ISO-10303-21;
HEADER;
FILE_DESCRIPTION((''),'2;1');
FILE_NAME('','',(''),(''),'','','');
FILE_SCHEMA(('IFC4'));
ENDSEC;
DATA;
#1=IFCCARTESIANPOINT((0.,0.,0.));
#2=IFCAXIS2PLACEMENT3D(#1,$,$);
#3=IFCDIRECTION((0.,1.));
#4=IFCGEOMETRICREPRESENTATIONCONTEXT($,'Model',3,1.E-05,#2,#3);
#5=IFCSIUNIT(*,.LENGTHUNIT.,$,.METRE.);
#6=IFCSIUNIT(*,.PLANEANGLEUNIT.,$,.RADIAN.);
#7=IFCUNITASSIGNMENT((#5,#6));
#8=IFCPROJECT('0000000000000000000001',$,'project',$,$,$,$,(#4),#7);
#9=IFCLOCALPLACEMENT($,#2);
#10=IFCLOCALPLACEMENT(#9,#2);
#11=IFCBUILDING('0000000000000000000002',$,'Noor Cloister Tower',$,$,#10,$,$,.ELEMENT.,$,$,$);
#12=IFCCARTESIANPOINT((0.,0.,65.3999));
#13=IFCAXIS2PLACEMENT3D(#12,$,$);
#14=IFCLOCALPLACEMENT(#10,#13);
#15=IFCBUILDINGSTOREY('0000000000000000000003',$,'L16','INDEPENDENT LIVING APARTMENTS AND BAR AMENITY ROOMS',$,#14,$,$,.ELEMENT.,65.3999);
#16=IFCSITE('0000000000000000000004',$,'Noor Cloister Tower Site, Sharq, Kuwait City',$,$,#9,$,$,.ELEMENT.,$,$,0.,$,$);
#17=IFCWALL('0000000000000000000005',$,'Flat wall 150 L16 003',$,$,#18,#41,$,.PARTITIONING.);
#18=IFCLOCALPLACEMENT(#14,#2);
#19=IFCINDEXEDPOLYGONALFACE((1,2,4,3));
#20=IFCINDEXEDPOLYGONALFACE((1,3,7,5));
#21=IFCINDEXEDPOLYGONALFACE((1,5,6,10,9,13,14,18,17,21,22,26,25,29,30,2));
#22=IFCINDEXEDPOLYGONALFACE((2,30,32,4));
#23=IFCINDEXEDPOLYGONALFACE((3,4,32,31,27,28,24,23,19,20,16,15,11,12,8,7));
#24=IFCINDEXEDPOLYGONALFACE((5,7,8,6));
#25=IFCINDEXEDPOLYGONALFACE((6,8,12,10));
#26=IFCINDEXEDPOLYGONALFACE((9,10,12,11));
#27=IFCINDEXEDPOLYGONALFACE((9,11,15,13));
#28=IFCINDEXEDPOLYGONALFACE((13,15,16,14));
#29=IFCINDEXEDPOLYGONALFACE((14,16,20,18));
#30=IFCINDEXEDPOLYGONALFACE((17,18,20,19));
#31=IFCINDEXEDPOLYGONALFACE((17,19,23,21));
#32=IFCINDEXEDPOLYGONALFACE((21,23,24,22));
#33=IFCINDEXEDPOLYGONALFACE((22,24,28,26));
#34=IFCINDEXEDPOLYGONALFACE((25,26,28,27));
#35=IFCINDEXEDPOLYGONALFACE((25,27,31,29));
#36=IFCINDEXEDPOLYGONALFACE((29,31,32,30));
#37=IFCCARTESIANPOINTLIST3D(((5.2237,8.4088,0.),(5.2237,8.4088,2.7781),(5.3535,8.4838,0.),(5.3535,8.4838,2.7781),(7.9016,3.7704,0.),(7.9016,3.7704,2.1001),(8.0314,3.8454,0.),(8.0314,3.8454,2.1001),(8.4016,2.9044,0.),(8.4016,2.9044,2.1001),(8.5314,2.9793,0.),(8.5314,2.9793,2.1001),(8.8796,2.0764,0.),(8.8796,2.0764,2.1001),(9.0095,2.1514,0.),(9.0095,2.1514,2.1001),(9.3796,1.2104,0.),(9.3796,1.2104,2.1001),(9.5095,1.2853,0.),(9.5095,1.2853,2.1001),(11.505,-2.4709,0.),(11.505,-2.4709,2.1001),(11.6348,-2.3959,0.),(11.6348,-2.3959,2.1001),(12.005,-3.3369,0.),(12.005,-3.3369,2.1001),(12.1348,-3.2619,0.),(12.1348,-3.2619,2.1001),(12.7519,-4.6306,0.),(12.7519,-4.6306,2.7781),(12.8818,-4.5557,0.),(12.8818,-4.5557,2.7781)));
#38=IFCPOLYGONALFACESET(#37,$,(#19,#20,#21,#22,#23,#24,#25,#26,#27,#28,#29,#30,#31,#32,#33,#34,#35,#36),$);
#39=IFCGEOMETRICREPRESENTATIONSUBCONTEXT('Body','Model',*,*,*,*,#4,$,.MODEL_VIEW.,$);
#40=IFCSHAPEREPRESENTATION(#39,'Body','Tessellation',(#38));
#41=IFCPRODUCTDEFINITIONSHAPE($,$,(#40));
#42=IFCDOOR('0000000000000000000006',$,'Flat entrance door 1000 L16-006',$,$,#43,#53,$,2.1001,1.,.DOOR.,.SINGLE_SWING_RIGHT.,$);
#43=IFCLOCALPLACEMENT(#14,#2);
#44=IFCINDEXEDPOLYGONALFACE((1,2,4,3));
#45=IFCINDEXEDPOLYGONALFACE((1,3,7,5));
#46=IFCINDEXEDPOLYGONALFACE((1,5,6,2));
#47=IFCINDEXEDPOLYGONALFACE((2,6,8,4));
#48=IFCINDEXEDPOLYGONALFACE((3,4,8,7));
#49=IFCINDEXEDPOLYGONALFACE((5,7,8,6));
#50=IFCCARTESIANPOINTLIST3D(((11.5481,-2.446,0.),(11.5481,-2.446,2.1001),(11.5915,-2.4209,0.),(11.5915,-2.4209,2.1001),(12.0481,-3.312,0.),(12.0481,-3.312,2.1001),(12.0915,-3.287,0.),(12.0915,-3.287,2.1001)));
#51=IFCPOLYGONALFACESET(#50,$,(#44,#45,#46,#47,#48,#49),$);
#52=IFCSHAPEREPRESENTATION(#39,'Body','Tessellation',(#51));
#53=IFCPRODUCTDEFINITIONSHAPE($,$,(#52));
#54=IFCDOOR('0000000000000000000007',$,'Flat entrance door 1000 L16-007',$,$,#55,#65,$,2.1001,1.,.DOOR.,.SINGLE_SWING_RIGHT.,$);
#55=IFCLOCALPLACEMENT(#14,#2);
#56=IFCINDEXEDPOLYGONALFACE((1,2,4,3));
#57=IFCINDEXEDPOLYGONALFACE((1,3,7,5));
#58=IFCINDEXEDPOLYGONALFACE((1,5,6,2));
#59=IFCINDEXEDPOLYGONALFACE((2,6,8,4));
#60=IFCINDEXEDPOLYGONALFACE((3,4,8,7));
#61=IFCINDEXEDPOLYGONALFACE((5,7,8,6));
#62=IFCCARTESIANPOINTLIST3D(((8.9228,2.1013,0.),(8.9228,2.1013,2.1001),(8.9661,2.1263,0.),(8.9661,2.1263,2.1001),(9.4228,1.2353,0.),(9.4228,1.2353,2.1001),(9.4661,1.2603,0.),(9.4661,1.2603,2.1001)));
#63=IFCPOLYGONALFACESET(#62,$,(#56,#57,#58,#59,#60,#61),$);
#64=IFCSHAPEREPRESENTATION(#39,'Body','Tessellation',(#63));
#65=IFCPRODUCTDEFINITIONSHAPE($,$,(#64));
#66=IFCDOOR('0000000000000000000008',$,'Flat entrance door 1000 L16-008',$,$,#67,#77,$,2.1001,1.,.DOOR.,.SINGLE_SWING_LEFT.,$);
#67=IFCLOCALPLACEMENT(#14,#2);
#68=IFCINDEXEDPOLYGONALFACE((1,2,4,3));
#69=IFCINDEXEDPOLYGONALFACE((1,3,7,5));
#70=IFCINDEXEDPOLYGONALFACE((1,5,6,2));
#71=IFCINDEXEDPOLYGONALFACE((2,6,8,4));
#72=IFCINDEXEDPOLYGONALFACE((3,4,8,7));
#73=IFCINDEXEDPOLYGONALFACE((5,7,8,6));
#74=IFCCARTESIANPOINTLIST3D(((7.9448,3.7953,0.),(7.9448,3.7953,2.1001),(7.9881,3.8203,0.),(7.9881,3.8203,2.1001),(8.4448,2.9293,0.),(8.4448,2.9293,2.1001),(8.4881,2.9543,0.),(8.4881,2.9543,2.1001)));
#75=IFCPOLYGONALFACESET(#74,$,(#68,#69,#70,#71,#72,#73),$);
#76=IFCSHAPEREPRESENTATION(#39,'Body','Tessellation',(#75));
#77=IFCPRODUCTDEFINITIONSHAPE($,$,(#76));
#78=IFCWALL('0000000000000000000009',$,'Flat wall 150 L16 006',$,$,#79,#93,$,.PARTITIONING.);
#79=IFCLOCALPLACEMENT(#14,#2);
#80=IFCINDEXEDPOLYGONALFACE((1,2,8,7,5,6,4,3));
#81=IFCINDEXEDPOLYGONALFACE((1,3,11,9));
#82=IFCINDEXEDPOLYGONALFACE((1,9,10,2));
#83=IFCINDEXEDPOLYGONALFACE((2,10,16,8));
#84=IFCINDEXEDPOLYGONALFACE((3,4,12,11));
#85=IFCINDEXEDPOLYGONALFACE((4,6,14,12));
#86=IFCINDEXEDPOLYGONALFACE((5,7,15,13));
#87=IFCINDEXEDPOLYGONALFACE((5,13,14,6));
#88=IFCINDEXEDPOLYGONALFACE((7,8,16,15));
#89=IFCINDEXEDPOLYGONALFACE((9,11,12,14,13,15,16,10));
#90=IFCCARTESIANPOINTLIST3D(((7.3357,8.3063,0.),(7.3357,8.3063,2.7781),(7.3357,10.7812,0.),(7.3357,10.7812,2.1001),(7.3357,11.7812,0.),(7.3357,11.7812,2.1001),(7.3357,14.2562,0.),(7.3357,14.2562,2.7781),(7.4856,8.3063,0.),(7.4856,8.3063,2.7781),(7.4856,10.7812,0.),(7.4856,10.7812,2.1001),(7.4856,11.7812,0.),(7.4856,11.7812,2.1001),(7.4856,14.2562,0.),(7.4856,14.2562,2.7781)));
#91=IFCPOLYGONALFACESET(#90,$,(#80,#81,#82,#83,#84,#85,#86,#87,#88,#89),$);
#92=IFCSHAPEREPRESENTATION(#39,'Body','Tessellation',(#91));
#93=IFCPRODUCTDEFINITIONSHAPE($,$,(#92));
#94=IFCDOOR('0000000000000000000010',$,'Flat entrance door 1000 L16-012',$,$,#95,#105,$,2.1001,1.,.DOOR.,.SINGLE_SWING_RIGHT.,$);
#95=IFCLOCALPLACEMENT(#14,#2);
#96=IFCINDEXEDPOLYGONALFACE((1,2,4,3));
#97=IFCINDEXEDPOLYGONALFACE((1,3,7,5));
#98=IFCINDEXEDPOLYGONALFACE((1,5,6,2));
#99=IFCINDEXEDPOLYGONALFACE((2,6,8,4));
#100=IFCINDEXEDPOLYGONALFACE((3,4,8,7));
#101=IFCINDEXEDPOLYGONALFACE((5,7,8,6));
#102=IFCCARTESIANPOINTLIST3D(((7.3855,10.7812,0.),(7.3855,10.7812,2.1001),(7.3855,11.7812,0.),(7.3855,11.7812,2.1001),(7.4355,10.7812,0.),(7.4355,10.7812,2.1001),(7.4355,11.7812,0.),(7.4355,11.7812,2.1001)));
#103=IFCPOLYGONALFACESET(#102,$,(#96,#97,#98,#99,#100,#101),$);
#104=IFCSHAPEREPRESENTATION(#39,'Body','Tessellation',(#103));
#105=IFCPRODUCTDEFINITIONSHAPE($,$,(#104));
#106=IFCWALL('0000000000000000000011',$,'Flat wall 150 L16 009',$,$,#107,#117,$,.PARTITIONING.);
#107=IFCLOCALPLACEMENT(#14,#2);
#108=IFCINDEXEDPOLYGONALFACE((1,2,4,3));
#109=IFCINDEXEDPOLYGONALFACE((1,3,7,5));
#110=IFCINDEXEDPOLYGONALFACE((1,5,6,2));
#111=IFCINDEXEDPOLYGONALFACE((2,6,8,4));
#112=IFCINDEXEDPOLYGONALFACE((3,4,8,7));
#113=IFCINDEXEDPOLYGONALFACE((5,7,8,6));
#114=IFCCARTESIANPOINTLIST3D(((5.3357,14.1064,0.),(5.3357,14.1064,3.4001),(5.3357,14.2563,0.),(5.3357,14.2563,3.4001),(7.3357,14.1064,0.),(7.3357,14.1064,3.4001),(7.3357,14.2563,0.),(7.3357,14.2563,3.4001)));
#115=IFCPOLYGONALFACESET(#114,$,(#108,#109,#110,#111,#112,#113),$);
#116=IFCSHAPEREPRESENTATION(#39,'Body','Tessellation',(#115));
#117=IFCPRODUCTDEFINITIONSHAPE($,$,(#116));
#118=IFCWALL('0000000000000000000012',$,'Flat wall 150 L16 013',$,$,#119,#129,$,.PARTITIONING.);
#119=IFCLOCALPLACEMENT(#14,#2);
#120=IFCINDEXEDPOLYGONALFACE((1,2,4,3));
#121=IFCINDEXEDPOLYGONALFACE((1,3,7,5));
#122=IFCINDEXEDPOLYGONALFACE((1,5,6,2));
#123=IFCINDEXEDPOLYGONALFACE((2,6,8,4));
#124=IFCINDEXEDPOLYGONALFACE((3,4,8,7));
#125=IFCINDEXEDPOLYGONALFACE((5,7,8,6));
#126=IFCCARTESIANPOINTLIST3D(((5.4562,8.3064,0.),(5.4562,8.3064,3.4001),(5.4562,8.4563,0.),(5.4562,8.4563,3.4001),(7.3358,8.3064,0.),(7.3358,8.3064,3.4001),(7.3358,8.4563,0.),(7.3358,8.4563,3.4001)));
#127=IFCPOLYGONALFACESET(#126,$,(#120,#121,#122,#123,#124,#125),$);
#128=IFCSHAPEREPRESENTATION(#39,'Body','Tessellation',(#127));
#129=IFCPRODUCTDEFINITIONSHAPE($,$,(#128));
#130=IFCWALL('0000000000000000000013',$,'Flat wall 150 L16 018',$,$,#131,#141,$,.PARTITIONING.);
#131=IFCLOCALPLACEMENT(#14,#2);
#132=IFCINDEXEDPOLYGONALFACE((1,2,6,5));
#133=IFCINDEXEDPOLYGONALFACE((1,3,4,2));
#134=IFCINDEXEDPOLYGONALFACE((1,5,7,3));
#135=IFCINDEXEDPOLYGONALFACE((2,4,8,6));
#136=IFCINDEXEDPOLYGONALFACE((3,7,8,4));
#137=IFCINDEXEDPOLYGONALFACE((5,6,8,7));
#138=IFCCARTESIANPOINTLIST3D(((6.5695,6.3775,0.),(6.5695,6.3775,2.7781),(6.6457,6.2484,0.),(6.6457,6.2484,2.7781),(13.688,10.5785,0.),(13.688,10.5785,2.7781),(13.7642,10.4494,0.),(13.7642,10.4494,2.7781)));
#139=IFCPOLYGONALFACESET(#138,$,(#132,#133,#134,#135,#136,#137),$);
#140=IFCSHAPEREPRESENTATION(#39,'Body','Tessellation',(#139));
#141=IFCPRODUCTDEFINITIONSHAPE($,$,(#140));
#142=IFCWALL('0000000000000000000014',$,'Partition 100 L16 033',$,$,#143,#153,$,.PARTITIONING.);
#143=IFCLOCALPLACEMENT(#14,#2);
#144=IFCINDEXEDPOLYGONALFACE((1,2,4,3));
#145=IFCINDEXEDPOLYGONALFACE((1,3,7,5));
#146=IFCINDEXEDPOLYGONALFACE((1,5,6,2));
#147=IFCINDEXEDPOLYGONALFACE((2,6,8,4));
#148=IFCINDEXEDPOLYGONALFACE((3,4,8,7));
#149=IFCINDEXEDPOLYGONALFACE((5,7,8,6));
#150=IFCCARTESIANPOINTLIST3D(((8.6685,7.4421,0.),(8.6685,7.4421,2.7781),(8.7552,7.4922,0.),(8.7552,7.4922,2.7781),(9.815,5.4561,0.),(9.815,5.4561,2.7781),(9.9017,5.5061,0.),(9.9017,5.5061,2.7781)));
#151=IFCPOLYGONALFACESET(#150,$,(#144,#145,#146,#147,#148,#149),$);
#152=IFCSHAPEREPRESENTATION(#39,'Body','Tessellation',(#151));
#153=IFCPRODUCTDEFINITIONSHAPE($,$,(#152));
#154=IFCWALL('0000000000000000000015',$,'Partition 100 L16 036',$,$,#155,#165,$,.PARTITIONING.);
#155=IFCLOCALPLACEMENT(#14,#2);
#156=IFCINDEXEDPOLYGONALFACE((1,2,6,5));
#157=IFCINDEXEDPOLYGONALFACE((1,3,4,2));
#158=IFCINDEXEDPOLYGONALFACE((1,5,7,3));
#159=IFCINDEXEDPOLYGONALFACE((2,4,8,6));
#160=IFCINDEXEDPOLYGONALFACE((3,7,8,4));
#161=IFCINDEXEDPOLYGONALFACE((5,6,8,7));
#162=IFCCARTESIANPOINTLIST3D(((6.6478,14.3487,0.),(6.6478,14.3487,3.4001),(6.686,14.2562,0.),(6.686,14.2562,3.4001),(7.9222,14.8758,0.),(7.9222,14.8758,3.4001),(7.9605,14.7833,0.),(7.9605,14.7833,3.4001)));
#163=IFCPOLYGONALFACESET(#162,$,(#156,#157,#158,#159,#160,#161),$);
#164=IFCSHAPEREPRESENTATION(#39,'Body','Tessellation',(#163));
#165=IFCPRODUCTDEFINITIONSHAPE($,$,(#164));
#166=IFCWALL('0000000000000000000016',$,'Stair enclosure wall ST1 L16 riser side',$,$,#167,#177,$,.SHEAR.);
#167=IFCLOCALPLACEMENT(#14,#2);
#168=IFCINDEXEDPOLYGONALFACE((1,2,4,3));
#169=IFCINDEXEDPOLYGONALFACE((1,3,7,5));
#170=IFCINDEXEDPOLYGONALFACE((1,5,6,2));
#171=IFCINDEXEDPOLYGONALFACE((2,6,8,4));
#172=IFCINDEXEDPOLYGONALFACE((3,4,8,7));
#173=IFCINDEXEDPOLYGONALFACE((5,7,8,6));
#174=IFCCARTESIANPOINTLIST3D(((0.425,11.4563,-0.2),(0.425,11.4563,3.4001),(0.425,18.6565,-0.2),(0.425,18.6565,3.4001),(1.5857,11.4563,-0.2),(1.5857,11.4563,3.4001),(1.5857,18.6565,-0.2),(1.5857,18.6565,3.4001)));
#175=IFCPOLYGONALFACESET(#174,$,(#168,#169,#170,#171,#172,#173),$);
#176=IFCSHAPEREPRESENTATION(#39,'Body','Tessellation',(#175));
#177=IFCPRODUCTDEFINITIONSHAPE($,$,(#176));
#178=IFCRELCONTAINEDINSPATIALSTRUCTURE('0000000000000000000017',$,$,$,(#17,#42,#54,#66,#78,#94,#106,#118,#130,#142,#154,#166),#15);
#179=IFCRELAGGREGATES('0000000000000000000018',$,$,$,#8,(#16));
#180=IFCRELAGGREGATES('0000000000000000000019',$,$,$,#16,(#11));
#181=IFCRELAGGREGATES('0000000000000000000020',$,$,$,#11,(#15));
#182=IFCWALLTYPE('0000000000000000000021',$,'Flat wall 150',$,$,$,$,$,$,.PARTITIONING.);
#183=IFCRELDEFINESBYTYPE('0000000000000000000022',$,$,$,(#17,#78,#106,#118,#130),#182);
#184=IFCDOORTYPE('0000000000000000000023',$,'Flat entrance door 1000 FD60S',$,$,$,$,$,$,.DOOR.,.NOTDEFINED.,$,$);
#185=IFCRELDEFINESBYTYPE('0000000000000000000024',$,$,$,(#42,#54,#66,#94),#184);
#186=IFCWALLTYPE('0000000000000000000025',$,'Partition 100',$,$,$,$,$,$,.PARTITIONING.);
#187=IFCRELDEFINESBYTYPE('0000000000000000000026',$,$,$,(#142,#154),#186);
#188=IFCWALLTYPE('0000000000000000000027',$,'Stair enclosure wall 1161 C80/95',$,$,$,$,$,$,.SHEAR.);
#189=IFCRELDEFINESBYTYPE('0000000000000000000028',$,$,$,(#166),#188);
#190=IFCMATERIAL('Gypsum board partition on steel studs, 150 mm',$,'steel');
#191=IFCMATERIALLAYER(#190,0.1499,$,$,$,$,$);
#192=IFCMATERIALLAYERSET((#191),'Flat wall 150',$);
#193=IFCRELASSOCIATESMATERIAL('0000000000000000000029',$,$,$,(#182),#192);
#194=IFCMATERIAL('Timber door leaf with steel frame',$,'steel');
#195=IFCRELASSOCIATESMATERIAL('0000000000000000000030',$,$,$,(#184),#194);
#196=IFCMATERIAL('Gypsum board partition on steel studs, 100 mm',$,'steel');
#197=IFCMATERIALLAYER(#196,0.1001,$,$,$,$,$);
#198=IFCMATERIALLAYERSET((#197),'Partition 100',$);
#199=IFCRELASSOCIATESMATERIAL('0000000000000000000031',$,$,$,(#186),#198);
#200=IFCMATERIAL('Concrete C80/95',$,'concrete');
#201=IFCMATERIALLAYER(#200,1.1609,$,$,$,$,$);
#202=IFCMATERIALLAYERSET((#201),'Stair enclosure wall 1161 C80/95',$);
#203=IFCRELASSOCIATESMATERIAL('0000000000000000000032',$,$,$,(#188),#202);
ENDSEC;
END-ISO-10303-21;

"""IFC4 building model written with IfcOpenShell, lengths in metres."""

from ifc_helpers import new_model, si_unit, direction, frame, frame_2d, origin, place, context, subcontext, project, spatial, rectangle, extrude, material, layer, layer_set, type_object, element, fill, save


model = new_model("IFC4")

# Units and contexts
model_context = context("Model", 3, precision=1e-05, world=origin(), true_north=direction((0.0, 1.0)))
body_context = subcontext(model_context, "Body", "Model", "MODEL_VIEW")
ifc_project = project(units=[si_unit("LENGTHUNIT", "METRE"), si_unit("PLANEANGLEUNIT", "RADIAN")], contexts=[model_context])

# Site, building, storey
site_placement = place(None, origin())
site = spatial("IfcSite", under=ifc_project, at=site_placement, Name="Noor Cloister Tower Site, Sharq, Kuwait City", CompositionType="ELEMENT", RefElevation=0.0)
building_placement = place(site_placement, origin())
building = spatial("IfcBuilding", under=site, at=building_placement, Name="Noor Cloister Tower", CompositionType="ELEMENT")
storey_placement = place(building_placement, frame((0.0, 0.0, 65.3999)))
storey = spatial("IfcBuildingStorey", under=building, at=storey_placement, Name="L16", Description="INDEPENDENT LIVING APARTMENTS AND BAR AMENITY ROOMS", CompositionType="ELEMENT", Elevation=65.3999)

# Wall, openings, doors
ifc_material_1 = material(Name="Gypsum board partition on steel studs, 150 mm", Category="steel")
ifc_layer_1 = layer(ifc_material_1, 0.1499)
ifc_layer_set_1 = layer_set([ifc_layer_1], Name="Flat wall 150")
wall_type_1 = type_object("IfcWallType", Name="Flat wall 150", PredefinedType="PARTITIONING", material=ifc_layer_set_1)
wall_1_placement = place(storey_placement, frame((5.2886, 8.4463, 0.0), z_axis=(0.0, 0.0, 1.0), x_axis=(0.499997, -0.866027, 0.0)))
wall_1 = element("IfcWall", 1, at=wall_1_placement, inside=storey, type_object=wall_type_1, Name="Flat wall 150 L16 003", PredefinedType="PARTITIONING", context=body_context, shape_type="SweptSolid", body=[
    extrude(rectangle(XDim=15.0566, YDim=0.1499, at=frame_2d((7.5283, 0.0))), origin(), (0.0, 0.0, 1.0), 2.7781),
])
opening_1_placement = place(wall_1_placement, frame((12.5627, 0.0, 0.0)))
opening_1 = element("IfcOpeningElement", 2, at=opening_1_placement, cuts=wall_1, PredefinedType="OPENING", context=body_context, shape_type="SweptSolid", body=[
    extrude(rectangle(XDim=1.0, YDim=2.1001, at=frame_2d((0.5, 1.05))), frame((0.0, 0.085, 0.0), z_axis=(0.0, -1.0, 0.0), x_axis=(1.0, 0.0, 0.0)), (0.0, 0.0, 1.0), 0.1699),
])
opening_2_placement = place(wall_1_placement, frame((7.312, 0.0, 0.0)))
opening_2 = element("IfcOpeningElement", 3, at=opening_2_placement, cuts=wall_1, PredefinedType="OPENING", context=body_context, shape_type="SweptSolid", body=[
    extrude(rectangle(XDim=1.0, YDim=2.1001, at=frame_2d((0.5, 1.05))), frame((0.0, 0.085, 0.0), z_axis=(0.0, -1.0, 0.0), x_axis=(1.0, 0.0, 0.0)), (0.0, 0.0, 1.0), 0.1699),
])
opening_3_placement = place(wall_1_placement, frame((5.356, 0.0, 0.0)))
opening_3 = element("IfcOpeningElement", 4, at=opening_3_placement, cuts=wall_1, PredefinedType="OPENING", context=body_context, shape_type="SweptSolid", body=[
    extrude(rectangle(XDim=1.0, YDim=2.1001, at=frame_2d((0.5, 1.05))), frame((0.0, 0.085, 0.0), z_axis=(0.0, -1.0, 0.0), x_axis=(1.0, 0.0, 0.0)), (0.0, 0.0, 1.0), 0.1699),
])
ifc_material_2 = material(Name="Timber door leaf with steel frame", Category="steel")
door_type_1 = type_object("IfcDoorType", Name="Flat entrance door 1000 FD60S", OperationType="NOTDEFINED", PredefinedType="DOOR", material=ifc_material_2)
door_1_placement = place(opening_1_placement, origin())
door_1 = element("IfcDoor", 5, at=door_1_placement, inside=storey, type_object=door_type_1, Name="Flat entrance door 1000 L16-006", OperationType="SINGLE_SWING_RIGHT", OverallHeight=2.1001, OverallWidth=1.0, PredefinedType="DOOR", context=body_context, shape_type="SweptSolid", body=[
    extrude(rectangle(XDim=1.0, YDim=2.1001, at=frame_2d((0.5, 1.05))), frame((0.0, 0.0249, 0.0), z_axis=(0.0, -1.0, 0.0), x_axis=(1.0, 0.0, 0.0)), (0.0, 0.0, 1.0), 0.05),
])
fill(opening_1, door_1)
door_2_placement = place(opening_2_placement, origin())
door_2 = element("IfcDoor", 6, at=door_2_placement, inside=storey, type_object=door_type_1, Name="Flat entrance door 1000 L16-007", OperationType="SINGLE_SWING_RIGHT", OverallHeight=2.1001, OverallWidth=1.0, PredefinedType="DOOR", context=body_context, shape_type="SweptSolid", body=[
    extrude(rectangle(XDim=1.0, YDim=2.1001, at=frame_2d((0.5, 1.05))), frame((0.0, 0.0249, 0.0), z_axis=(0.0, -1.0, 0.0), x_axis=(1.0, 0.0, 0.0)), (0.0, 0.0, 1.0), 0.05),
])
fill(opening_2, door_2)
door_3_placement = place(opening_3_placement, origin())
door_3 = element("IfcDoor", 7, at=door_3_placement, inside=storey, type_object=door_type_1, Name="Flat entrance door 1000 L16-008", OperationType="SINGLE_SWING_LEFT", OverallHeight=2.1001, OverallWidth=1.0, PredefinedType="DOOR", context=body_context, shape_type="SweptSolid", body=[
    extrude(rectangle(XDim=1.0, YDim=2.1001, at=frame_2d((0.5, 1.05))), frame((0.0, 0.0249, 0.0), z_axis=(0.0, -1.0, 0.0), x_axis=(1.0, 0.0, 0.0)), (0.0, 0.0, 1.0), 0.05),
])
fill(opening_3, door_3)

# Wall, opening, door
wall_2_placement = place(storey_placement, frame((7.4106, 14.2563, 0.0), z_axis=(0.0, 0.0, 1.0), x_axis=(0.0, -1.0, 0.0)))
wall_2 = element("IfcWall", 8, at=wall_2_placement, inside=storey, type_object=wall_type_1, Name="Flat wall 150 L16 006", PredefinedType="PARTITIONING", context=body_context, shape_type="SweptSolid", body=[
    extrude(rectangle(XDim=5.95, YDim=0.1499, at=frame_2d((2.9751, 0.0))), origin(), (0.0, 0.0, 1.0), 2.7781),
])
opening_4_placement = place(wall_2_placement, frame((2.4751, 0.0, 0.0)))
opening_4 = element("IfcOpeningElement", 9, at=opening_4_placement, cuts=wall_2, PredefinedType="OPENING", context=body_context, shape_type="SweptSolid", body=[
    extrude(rectangle(XDim=1.0, YDim=2.1001, at=frame_2d((0.5, 1.05))), frame((0.0, 0.085, 0.0), z_axis=(0.0, -1.0, 0.0), x_axis=(1.0, 0.0, 0.0)), (0.0, 0.0, 1.0), 0.1699),
])
door_4_placement = place(opening_4_placement, origin())
door_4 = element("IfcDoor", 10, at=door_4_placement, inside=storey, type_object=door_type_1, Name="Flat entrance door 1000 L16-012", OperationType="SINGLE_SWING_RIGHT", OverallHeight=2.1001, OverallWidth=1.0, PredefinedType="DOOR", context=body_context, shape_type="SweptSolid", body=[
    extrude(rectangle(XDim=1.0, YDim=2.1001, at=frame_2d((0.5, 1.05))), frame((0.0, 0.0249, 0.0), z_axis=(0.0, -1.0, 0.0), x_axis=(1.0, 0.0, 0.0)), (0.0, 0.0, 1.0), 0.05),
])
fill(opening_4, door_4)

# Walls
wall_3_placement = place(storey_placement, frame((5.3357, 14.1814, 0.0), z_axis=(0.0, 0.0, 1.0), x_axis=(1.0, 0.0, 0.0)))
element("IfcWall", 11, at=wall_3_placement, inside=storey, type_object=wall_type_1, Name="Flat wall 150 L16 009", PredefinedType="PARTITIONING", context=body_context, shape_type="SweptSolid", body=[
    extrude(rectangle(XDim=2.0, YDim=0.1499, at=frame_2d((1.0, 0.0))), origin(), (0.0, 0.0, 1.0), 3.4001),
])
wall_4_placement = place(storey_placement, frame((5.4561, 8.3813, 0.0), z_axis=(0.0, 0.0, 1.0), x_axis=(1.0, 0.0, 0.0)))
element("IfcWall", 12, at=wall_4_placement, inside=storey, type_object=wall_type_1, Name="Flat wall 150 L16 013", PredefinedType="PARTITIONING", context=body_context, shape_type="SweptSolid", body=[
    extrude(rectangle(XDim=1.8796, YDim=0.1499, at=frame_2d((0.9399, 0.0))), origin(), (0.0, 0.0, 1.0), 3.4001),
])
wall_5_placement = place(storey_placement, frame((13.7261, 10.5139, 0.0), z_axis=(0.0, 0.0, 1.0), x_axis=(-0.861213, -0.508245, 0.0)))
element("IfcWall", 13, at=wall_5_placement, inside=storey, type_object=wall_type_1, Name="Flat wall 150 L16 018", PredefinedType="PARTITIONING", context=body_context, shape_type="SweptSolid", body=[
    extrude(rectangle(XDim=8.2656, YDim=0.1499, at=frame_2d((4.1328, 0.0))), origin(), (0.0, 0.0, 1.0), 2.7781),
])
ifc_material_3 = material(Name="Gypsum board partition on steel studs, 100 mm", Category="steel")
ifc_layer_2 = layer(ifc_material_3, 0.1001)
ifc_layer_set_2 = layer_set([ifc_layer_2], Name="Partition 100")
wall_type_2 = type_object("IfcWallType", Name="Partition 100", PredefinedType="PARTITIONING", material=ifc_layer_set_2)
wall_6_placement = place(storey_placement, frame((8.7119, 7.467, 0.0), z_axis=(0.0, 0.0, 1.0), x_axis=(0.499941, -0.86606, 0.0)))
element("IfcWall", 14, at=wall_6_placement, inside=storey, type_object=wall_type_2, Name="Partition 100 L16 033", PredefinedType="PARTITIONING", context=body_context, shape_type="SweptSolid", body=[
    extrude(rectangle(XDim=2.2932, YDim=0.1001, at=frame_2d((1.1465, 0.0))), origin(), (0.0, 0.0, 1.0), 2.7781),
])
wall_7_placement = place(storey_placement, frame((6.667, 14.3025, 0.0), z_axis=(0.0, 0.0, 1.0), x_axis=(0.924079, 0.382201, 0.0)))
element("IfcWall", 15, at=wall_7_placement, inside=storey, type_object=wall_type_2, Name="Partition 100 L16 036", PredefinedType="PARTITIONING", context=body_context, shape_type="SweptSolid", body=[
    extrude(rectangle(XDim=1.3792, YDim=0.1001, at=frame_2d((0.6895, 0.0))), origin(), (0.0, 0.0, 1.0), 3.4001),
])
ifc_material_4 = material(Name="Concrete C80/95", Category="concrete")
ifc_layer_3 = layer(ifc_material_4, 1.1609)
ifc_layer_set_3 = layer_set([ifc_layer_3], Name="Stair enclosure wall 1161 C80/95")
wall_type_3 = type_object("IfcWallType", Name="Stair enclosure wall 1161 C80/95", PredefinedType="SHEAR", material=ifc_layer_set_3)
wall_8_placement = place(storey_placement, frame((1.0054, 11.4563, -0.2), z_axis=(0.0, 0.0, 1.0), x_axis=(0.0, 1.0, 0.0)))
element("IfcWall", 16, at=wall_8_placement, inside=storey, type_object=wall_type_3, Name="Stair enclosure wall ST1 L16 riser side", PredefinedType="SHEAR", context=body_context, shape_type="SweptSolid", body=[
    extrude(rectangle(XDim=7.2002, YDim=1.1606, at=frame_2d((3.6001, 0.0))), origin(), (0.0, 0.0, 1.0), 3.6001),
])

save(model, "model.ifc")
